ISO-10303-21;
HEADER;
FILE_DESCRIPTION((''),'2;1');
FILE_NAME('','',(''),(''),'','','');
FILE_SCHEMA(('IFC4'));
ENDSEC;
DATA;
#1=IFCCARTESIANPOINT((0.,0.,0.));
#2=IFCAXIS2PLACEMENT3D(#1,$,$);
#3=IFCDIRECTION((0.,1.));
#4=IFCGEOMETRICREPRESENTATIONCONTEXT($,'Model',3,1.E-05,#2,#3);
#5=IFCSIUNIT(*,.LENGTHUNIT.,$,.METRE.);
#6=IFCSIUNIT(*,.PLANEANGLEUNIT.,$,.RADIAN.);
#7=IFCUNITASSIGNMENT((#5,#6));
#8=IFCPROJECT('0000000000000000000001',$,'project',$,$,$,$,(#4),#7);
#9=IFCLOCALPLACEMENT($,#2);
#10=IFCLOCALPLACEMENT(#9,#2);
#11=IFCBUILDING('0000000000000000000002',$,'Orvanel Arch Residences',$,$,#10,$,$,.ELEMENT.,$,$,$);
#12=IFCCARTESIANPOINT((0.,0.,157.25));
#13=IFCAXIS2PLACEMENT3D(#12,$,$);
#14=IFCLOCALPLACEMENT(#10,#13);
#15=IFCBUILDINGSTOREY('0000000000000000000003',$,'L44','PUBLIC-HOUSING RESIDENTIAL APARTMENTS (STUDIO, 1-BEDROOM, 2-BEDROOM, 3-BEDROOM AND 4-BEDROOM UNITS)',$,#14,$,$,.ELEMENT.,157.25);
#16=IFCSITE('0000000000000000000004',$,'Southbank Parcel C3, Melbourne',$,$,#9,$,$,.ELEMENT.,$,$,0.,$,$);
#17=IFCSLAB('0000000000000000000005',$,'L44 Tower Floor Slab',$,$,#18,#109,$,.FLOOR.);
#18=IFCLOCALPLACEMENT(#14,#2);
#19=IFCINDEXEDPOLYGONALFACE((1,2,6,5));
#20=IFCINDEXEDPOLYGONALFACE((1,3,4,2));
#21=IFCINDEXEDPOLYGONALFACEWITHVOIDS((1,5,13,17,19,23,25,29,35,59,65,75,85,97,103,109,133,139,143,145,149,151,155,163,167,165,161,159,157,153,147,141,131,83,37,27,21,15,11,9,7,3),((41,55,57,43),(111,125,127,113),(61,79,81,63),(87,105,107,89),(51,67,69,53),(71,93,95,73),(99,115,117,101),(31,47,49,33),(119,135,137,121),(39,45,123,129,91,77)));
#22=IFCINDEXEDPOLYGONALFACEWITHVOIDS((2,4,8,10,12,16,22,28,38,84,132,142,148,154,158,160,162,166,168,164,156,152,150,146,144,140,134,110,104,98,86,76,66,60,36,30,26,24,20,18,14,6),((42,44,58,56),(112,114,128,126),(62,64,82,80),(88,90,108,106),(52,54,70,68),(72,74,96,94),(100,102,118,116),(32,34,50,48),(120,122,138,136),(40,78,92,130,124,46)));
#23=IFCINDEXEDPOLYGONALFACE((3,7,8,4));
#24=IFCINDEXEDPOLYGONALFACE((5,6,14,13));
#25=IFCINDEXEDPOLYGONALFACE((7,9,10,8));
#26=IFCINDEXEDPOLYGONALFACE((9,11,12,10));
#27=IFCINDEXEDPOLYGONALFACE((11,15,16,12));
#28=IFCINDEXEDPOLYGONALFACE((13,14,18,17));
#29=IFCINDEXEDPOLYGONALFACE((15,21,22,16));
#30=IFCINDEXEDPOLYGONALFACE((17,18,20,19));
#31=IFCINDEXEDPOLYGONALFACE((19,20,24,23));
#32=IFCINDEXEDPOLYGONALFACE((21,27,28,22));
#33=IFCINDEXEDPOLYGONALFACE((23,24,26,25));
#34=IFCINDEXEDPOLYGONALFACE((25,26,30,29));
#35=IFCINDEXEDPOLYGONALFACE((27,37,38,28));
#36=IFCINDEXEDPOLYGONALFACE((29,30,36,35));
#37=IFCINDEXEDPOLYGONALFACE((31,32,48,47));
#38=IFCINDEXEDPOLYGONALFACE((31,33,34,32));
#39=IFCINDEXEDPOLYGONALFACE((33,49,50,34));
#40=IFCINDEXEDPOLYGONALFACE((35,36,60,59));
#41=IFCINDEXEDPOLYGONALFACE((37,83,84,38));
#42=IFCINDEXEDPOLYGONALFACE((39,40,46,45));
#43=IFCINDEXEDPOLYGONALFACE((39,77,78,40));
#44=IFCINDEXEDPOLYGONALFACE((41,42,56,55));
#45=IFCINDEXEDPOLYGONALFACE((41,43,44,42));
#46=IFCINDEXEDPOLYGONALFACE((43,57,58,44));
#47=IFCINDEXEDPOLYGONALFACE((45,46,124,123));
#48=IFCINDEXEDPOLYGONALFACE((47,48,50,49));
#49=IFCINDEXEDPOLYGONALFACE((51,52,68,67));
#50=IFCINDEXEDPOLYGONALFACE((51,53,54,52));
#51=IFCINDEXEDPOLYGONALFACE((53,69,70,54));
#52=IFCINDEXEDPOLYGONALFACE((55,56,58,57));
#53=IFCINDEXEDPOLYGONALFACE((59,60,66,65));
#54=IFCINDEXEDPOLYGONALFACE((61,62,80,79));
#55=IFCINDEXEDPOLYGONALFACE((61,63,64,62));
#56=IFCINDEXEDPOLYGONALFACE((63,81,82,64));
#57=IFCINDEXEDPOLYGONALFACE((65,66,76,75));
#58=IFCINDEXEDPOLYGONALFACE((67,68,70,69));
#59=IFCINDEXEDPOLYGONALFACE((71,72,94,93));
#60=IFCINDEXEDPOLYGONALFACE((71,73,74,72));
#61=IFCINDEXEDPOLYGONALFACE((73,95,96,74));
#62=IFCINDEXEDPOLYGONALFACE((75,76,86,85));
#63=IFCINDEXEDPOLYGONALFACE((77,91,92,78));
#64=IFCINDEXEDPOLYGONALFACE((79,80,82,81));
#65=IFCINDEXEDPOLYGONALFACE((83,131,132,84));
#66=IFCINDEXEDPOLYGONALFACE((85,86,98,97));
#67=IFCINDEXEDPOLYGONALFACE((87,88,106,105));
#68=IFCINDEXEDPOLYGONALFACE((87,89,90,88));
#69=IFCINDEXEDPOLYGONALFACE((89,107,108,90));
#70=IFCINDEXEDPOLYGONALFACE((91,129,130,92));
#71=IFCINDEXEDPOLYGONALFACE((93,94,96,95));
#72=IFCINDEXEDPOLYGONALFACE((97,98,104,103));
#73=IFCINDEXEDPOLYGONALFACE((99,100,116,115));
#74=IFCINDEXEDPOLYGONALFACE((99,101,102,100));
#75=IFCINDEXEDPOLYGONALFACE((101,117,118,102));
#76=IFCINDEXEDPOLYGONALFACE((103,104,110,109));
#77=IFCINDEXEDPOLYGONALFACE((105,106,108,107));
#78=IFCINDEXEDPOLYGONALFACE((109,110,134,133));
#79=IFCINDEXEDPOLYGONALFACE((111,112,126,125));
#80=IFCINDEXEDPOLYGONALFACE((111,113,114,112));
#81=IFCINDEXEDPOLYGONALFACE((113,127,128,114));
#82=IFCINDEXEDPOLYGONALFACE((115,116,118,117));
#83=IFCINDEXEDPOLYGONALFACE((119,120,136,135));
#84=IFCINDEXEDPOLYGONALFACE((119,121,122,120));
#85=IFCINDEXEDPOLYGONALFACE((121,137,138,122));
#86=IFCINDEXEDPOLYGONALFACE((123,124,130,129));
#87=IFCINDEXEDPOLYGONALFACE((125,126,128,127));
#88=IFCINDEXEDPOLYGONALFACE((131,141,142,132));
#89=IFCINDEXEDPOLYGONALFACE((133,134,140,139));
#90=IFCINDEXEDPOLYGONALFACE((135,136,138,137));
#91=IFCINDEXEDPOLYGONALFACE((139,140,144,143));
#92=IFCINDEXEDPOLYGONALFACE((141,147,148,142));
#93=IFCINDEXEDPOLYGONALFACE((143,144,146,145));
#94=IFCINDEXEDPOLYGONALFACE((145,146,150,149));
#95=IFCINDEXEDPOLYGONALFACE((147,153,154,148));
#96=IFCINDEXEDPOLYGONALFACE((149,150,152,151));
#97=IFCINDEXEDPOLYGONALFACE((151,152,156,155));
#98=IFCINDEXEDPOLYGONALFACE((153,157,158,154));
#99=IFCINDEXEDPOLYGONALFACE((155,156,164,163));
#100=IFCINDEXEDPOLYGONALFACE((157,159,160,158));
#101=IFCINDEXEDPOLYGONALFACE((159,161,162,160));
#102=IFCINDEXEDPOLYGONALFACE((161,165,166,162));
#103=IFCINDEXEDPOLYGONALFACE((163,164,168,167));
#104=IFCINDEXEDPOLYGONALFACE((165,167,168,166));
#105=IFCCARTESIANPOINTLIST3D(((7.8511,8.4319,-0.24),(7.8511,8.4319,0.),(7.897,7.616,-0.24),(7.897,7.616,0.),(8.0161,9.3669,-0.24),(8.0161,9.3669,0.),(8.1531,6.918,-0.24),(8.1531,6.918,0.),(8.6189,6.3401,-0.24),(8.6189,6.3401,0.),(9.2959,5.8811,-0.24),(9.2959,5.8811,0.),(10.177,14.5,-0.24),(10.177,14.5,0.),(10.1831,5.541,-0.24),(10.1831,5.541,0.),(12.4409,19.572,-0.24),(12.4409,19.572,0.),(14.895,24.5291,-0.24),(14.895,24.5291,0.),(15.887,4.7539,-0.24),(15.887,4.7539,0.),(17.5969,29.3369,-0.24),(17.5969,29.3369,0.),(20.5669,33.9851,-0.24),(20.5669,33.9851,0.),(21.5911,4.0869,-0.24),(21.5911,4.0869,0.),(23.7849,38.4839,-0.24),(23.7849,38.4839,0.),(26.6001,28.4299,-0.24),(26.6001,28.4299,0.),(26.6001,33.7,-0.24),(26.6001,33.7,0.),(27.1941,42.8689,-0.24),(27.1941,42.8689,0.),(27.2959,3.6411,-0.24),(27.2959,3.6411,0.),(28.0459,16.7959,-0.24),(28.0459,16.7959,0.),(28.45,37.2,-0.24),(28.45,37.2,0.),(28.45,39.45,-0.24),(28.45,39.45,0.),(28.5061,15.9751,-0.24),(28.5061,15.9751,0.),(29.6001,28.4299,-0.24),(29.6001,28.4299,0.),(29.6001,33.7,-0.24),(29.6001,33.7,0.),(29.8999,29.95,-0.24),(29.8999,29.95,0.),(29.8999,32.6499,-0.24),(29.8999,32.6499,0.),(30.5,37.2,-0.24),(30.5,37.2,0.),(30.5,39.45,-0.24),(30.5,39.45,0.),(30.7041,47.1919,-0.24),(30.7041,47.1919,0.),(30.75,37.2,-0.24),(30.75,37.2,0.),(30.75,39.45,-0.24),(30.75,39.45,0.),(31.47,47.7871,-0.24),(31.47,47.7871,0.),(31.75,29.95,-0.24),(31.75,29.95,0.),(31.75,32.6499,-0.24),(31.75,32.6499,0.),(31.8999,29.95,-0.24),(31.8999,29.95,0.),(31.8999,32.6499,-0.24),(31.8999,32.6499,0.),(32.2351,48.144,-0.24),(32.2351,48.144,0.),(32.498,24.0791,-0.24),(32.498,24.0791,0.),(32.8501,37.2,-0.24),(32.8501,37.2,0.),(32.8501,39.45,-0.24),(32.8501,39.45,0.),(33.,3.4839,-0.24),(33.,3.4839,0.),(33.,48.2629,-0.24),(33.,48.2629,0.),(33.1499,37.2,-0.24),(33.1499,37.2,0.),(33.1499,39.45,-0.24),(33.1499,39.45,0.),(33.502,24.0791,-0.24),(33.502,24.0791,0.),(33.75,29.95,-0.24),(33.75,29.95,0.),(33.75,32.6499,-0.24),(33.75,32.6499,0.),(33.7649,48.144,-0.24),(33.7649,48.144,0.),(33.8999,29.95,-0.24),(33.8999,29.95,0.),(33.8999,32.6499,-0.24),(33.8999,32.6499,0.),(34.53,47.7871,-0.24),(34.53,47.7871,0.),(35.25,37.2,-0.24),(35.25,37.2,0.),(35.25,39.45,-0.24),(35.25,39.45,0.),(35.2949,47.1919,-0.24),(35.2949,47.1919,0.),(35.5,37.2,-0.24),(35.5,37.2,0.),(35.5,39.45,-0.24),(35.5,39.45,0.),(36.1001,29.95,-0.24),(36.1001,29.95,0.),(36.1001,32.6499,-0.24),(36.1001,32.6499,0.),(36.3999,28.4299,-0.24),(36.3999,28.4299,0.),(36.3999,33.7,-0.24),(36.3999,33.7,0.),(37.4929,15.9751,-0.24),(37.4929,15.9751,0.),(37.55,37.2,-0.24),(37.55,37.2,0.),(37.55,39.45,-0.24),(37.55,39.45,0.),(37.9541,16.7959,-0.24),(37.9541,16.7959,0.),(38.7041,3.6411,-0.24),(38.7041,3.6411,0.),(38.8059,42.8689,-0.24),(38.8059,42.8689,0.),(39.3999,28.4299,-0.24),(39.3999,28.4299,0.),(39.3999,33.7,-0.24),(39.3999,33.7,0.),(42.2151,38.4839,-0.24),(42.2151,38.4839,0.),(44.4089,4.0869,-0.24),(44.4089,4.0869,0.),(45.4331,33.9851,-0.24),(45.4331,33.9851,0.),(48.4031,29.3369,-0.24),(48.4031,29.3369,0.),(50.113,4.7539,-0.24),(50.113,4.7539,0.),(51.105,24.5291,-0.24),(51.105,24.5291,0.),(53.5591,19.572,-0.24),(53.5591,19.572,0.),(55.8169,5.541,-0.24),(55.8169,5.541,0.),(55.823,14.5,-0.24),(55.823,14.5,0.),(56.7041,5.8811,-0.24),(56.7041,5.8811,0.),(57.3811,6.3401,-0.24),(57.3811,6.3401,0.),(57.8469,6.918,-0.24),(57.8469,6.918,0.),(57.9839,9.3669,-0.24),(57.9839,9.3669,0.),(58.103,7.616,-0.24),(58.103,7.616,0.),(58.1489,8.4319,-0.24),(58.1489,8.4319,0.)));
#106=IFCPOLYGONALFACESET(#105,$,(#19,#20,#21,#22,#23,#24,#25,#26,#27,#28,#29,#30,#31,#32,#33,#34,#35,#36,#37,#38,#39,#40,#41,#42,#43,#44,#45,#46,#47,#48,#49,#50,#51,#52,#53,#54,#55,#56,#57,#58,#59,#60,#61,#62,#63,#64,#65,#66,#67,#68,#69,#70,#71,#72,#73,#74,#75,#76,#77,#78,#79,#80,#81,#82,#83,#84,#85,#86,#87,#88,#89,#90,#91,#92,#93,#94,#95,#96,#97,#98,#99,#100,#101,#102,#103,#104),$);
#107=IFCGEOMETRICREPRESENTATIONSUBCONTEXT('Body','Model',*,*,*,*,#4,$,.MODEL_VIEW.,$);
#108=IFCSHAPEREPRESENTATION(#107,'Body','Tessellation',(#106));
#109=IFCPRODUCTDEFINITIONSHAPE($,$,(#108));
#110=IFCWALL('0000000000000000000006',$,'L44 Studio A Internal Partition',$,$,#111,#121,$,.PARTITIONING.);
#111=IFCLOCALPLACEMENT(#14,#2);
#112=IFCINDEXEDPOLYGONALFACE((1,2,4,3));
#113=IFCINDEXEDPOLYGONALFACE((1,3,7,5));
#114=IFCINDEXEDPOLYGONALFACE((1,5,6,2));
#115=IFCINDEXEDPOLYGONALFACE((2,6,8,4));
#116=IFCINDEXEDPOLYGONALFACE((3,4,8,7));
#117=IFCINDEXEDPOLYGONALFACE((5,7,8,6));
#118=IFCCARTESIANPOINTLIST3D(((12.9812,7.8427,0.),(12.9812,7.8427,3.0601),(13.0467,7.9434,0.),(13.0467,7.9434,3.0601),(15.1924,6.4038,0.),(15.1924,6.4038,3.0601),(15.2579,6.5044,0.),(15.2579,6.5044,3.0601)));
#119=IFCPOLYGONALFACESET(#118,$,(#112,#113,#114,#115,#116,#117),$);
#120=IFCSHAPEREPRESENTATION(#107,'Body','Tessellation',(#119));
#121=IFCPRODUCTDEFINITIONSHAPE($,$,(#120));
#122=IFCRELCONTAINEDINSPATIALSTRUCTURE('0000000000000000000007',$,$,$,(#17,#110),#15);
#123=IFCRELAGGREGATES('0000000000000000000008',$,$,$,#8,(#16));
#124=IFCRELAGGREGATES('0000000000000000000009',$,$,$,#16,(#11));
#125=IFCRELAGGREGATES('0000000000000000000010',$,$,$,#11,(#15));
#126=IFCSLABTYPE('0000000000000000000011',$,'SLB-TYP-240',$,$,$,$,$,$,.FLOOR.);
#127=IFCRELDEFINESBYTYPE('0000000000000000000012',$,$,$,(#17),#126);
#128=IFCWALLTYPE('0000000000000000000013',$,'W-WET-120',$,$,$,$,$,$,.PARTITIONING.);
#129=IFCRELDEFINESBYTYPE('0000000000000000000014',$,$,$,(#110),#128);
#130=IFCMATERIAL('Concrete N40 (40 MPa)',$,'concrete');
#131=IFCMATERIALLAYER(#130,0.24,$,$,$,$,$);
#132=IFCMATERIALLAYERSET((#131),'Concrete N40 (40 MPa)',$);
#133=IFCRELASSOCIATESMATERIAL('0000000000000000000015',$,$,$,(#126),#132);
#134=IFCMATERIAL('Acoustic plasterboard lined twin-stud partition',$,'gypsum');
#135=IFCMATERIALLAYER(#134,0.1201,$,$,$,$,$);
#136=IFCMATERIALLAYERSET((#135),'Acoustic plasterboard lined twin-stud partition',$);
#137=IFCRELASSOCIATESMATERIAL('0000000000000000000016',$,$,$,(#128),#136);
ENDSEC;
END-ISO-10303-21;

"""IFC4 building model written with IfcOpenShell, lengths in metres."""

from ifc_helpers import new_model, si_unit, direction, frame, frame_2d, origin, place, context, subcontext, project, spatial, polyline, rectangle, outline, extrude, material, layer, layer_set, type_object, element, save


model = new_model("IFC4")

# Units and contexts
model_context = context("Model", 3, precision=1e-05, world=origin(), true_north=direction((0.0, 1.0)))
body_context = subcontext(model_context, "Body", "Model", "MODEL_VIEW")
ifc_project = project(units=[si_unit("LENGTHUNIT", "METRE"), si_unit("PLANEANGLEUNIT", "RADIAN")], contexts=[model_context])

# Site, building, storey
site_placement = place(None, origin())
site = spatial("IfcSite", under=ifc_project, at=site_placement, Name="Southbank Parcel C3, Melbourne", CompositionType="ELEMENT", RefElevation=0.0)
building_placement = place(site_placement, origin())
building = spatial("IfcBuilding", under=site, at=building_placement, Name="Orvanel Arch Residences", CompositionType="ELEMENT")
storey_placement = place(building_placement, frame((0.0, 0.0, 157.25)))
storey = spatial("IfcBuildingStorey", under=building, at=storey_placement, Name="L44", Description="PUBLIC-HOUSING RESIDENTIAL APARTMENTS (STUDIO, 1-BEDROOM, 2-BEDROOM, 3-BEDROOM AND 4-BEDROOM UNITS)", CompositionType="ELEMENT", Elevation=157.25)

# Shared definitions
ifc_material_1 = material(Name="Concrete N40 (40 MPa)", Category="concrete")

# Slab
ifc_layer_1 = layer(ifc_material_1, 0.24)
ifc_layer_set_1 = layer_set([ifc_layer_1], Name="Concrete N40 (40 MPa)")
slab_type_1 = type_object("IfcSlabType", Name="SLB-TYP-240", PredefinedType="FLOOR", material=ifc_layer_set_1)
slab_1_placement = place(storey_placement, frame((0.0, 0.0, -0.24)))
element("IfcSlab", 1, at=slab_1_placement, inside=storey, type_object=slab_type_1, Name="L44 Tower Floor Slab", PredefinedType="FLOOR", context=body_context, shape_type="SweptSolid", body=[
    extrude(outline(polyline([(35.2949, 47.1919), (34.53, 47.7871), (33.7649, 48.144), (33.0, 48.2629), (32.2351, 48.144), (31.47, 47.7871), (30.7041, 47.1919), (27.1941, 42.8689), (23.7849, 38.4839), (20.5669, 33.9851), (17.5969, 29.3369), (14.895, 24.5291), (12.4409, 19.572), (10.177, 14.5), (8.0161, 9.3669), (7.8511, 8.4319), (7.897, 7.616), (8.1531, 6.918), (8.6189, 6.3401), (9.2959, 5.8811), (10.1831, 5.541), (15.887, 4.7539), (21.5911, 4.0869), (27.2959, 3.6411), (33.0, 3.4839), (38.7041, 3.6411), (44.4089, 4.0869), (50.113, 4.7539), (55.8169, 5.541), (56.7041, 5.8811), (57.3811, 6.3401), (57.8469, 6.918), (58.103, 7.616), (58.1489, 8.4319), (57.9839, 9.3669), (55.823, 14.5), (53.5591, 19.572), (51.105, 24.5291), (48.4031, 29.3369), (45.4331, 33.9851), (42.2151, 38.4839), (38.8059, 42.8689), (35.2949, 47.1919)]), holes=[polyline([(26.6001, 28.4299), (26.6001, 33.7), (29.6001, 33.7), (29.6001, 28.4299), (26.6001, 28.4299)]), polyline([(36.3999, 28.4299), (36.3999, 33.7), (39.3999, 33.7), (39.3999, 28.4299), (36.3999, 28.4299)]), polyline([(29.8999, 32.6499), (31.75, 32.6499), (31.75, 29.95), (29.8999, 29.95), (29.8999, 32.6499)]), polyline([(31.8999, 32.6499), (33.75, 32.6499), (33.75, 29.95), (31.8999, 29.95), (31.8999, 32.6499)]), polyline([(33.8999, 32.6499), (36.1001, 32.6499), (36.1001, 29.95), (33.8999, 29.95), (33.8999, 32.6499)]), polyline([(28.45, 39.45), (30.5, 39.45), (30.5, 37.2), (28.45, 37.2), (28.45, 39.45)]), polyline([(35.5, 39.45), (37.55, 39.45), (37.55, 37.2), (35.5, 37.2), (35.5, 39.45)]), polyline([(30.75, 39.45), (32.8501, 39.45), (32.8501, 37.2), (30.75, 37.2), (30.75, 39.45)]), polyline([(33.1499, 39.45), (35.25, 39.45), (35.25, 37.2), (33.1499, 37.2), (33.1499, 39.45)]), polyline([(37.9541, 16.7959), (37.4929, 15.9751), (28.5061, 15.9751), (28.0459, 16.7959), (32.498, 24.0791), (33.502, 24.0791), (37.9541, 16.7959)])]), origin(), (0.0, 0.0, 1.0), 0.24),
])

# Wall
ifc_material_2 = material(Name="Acoustic plasterboard lined twin-stud partition", Category="gypsum")
ifc_layer_2 = layer(ifc_material_2, 0.1201)
ifc_layer_set_2 = layer_set([ifc_layer_2], Name="Acoustic plasterboard lined twin-stud partition")
wall_type = type_object("IfcWallType", Name="W-WET-120", PredefinedType="PARTITIONING", material=ifc_layer_set_2)
wall_placement = place(storey_placement, frame((13.0139, 7.8931, 0.0), z_axis=(0.0, 0.0, 1.0), x_axis=(0.83815, -0.54544, 0.0)))
element("IfcWall", 2, at=wall_placement, inside=storey, type_object=wall_type, Name="L44 Studio A Internal Partition", PredefinedType="PARTITIONING", context=body_context, shape_type="SweptSolid", body=[
    extrude(rectangle(XDim=2.6382, YDim=0.1201, at=frame_2d((1.3191, 0.0))), origin(), (0.0, 0.0, 1.0), 3.0601),
])

save(model, "model.ifc")
